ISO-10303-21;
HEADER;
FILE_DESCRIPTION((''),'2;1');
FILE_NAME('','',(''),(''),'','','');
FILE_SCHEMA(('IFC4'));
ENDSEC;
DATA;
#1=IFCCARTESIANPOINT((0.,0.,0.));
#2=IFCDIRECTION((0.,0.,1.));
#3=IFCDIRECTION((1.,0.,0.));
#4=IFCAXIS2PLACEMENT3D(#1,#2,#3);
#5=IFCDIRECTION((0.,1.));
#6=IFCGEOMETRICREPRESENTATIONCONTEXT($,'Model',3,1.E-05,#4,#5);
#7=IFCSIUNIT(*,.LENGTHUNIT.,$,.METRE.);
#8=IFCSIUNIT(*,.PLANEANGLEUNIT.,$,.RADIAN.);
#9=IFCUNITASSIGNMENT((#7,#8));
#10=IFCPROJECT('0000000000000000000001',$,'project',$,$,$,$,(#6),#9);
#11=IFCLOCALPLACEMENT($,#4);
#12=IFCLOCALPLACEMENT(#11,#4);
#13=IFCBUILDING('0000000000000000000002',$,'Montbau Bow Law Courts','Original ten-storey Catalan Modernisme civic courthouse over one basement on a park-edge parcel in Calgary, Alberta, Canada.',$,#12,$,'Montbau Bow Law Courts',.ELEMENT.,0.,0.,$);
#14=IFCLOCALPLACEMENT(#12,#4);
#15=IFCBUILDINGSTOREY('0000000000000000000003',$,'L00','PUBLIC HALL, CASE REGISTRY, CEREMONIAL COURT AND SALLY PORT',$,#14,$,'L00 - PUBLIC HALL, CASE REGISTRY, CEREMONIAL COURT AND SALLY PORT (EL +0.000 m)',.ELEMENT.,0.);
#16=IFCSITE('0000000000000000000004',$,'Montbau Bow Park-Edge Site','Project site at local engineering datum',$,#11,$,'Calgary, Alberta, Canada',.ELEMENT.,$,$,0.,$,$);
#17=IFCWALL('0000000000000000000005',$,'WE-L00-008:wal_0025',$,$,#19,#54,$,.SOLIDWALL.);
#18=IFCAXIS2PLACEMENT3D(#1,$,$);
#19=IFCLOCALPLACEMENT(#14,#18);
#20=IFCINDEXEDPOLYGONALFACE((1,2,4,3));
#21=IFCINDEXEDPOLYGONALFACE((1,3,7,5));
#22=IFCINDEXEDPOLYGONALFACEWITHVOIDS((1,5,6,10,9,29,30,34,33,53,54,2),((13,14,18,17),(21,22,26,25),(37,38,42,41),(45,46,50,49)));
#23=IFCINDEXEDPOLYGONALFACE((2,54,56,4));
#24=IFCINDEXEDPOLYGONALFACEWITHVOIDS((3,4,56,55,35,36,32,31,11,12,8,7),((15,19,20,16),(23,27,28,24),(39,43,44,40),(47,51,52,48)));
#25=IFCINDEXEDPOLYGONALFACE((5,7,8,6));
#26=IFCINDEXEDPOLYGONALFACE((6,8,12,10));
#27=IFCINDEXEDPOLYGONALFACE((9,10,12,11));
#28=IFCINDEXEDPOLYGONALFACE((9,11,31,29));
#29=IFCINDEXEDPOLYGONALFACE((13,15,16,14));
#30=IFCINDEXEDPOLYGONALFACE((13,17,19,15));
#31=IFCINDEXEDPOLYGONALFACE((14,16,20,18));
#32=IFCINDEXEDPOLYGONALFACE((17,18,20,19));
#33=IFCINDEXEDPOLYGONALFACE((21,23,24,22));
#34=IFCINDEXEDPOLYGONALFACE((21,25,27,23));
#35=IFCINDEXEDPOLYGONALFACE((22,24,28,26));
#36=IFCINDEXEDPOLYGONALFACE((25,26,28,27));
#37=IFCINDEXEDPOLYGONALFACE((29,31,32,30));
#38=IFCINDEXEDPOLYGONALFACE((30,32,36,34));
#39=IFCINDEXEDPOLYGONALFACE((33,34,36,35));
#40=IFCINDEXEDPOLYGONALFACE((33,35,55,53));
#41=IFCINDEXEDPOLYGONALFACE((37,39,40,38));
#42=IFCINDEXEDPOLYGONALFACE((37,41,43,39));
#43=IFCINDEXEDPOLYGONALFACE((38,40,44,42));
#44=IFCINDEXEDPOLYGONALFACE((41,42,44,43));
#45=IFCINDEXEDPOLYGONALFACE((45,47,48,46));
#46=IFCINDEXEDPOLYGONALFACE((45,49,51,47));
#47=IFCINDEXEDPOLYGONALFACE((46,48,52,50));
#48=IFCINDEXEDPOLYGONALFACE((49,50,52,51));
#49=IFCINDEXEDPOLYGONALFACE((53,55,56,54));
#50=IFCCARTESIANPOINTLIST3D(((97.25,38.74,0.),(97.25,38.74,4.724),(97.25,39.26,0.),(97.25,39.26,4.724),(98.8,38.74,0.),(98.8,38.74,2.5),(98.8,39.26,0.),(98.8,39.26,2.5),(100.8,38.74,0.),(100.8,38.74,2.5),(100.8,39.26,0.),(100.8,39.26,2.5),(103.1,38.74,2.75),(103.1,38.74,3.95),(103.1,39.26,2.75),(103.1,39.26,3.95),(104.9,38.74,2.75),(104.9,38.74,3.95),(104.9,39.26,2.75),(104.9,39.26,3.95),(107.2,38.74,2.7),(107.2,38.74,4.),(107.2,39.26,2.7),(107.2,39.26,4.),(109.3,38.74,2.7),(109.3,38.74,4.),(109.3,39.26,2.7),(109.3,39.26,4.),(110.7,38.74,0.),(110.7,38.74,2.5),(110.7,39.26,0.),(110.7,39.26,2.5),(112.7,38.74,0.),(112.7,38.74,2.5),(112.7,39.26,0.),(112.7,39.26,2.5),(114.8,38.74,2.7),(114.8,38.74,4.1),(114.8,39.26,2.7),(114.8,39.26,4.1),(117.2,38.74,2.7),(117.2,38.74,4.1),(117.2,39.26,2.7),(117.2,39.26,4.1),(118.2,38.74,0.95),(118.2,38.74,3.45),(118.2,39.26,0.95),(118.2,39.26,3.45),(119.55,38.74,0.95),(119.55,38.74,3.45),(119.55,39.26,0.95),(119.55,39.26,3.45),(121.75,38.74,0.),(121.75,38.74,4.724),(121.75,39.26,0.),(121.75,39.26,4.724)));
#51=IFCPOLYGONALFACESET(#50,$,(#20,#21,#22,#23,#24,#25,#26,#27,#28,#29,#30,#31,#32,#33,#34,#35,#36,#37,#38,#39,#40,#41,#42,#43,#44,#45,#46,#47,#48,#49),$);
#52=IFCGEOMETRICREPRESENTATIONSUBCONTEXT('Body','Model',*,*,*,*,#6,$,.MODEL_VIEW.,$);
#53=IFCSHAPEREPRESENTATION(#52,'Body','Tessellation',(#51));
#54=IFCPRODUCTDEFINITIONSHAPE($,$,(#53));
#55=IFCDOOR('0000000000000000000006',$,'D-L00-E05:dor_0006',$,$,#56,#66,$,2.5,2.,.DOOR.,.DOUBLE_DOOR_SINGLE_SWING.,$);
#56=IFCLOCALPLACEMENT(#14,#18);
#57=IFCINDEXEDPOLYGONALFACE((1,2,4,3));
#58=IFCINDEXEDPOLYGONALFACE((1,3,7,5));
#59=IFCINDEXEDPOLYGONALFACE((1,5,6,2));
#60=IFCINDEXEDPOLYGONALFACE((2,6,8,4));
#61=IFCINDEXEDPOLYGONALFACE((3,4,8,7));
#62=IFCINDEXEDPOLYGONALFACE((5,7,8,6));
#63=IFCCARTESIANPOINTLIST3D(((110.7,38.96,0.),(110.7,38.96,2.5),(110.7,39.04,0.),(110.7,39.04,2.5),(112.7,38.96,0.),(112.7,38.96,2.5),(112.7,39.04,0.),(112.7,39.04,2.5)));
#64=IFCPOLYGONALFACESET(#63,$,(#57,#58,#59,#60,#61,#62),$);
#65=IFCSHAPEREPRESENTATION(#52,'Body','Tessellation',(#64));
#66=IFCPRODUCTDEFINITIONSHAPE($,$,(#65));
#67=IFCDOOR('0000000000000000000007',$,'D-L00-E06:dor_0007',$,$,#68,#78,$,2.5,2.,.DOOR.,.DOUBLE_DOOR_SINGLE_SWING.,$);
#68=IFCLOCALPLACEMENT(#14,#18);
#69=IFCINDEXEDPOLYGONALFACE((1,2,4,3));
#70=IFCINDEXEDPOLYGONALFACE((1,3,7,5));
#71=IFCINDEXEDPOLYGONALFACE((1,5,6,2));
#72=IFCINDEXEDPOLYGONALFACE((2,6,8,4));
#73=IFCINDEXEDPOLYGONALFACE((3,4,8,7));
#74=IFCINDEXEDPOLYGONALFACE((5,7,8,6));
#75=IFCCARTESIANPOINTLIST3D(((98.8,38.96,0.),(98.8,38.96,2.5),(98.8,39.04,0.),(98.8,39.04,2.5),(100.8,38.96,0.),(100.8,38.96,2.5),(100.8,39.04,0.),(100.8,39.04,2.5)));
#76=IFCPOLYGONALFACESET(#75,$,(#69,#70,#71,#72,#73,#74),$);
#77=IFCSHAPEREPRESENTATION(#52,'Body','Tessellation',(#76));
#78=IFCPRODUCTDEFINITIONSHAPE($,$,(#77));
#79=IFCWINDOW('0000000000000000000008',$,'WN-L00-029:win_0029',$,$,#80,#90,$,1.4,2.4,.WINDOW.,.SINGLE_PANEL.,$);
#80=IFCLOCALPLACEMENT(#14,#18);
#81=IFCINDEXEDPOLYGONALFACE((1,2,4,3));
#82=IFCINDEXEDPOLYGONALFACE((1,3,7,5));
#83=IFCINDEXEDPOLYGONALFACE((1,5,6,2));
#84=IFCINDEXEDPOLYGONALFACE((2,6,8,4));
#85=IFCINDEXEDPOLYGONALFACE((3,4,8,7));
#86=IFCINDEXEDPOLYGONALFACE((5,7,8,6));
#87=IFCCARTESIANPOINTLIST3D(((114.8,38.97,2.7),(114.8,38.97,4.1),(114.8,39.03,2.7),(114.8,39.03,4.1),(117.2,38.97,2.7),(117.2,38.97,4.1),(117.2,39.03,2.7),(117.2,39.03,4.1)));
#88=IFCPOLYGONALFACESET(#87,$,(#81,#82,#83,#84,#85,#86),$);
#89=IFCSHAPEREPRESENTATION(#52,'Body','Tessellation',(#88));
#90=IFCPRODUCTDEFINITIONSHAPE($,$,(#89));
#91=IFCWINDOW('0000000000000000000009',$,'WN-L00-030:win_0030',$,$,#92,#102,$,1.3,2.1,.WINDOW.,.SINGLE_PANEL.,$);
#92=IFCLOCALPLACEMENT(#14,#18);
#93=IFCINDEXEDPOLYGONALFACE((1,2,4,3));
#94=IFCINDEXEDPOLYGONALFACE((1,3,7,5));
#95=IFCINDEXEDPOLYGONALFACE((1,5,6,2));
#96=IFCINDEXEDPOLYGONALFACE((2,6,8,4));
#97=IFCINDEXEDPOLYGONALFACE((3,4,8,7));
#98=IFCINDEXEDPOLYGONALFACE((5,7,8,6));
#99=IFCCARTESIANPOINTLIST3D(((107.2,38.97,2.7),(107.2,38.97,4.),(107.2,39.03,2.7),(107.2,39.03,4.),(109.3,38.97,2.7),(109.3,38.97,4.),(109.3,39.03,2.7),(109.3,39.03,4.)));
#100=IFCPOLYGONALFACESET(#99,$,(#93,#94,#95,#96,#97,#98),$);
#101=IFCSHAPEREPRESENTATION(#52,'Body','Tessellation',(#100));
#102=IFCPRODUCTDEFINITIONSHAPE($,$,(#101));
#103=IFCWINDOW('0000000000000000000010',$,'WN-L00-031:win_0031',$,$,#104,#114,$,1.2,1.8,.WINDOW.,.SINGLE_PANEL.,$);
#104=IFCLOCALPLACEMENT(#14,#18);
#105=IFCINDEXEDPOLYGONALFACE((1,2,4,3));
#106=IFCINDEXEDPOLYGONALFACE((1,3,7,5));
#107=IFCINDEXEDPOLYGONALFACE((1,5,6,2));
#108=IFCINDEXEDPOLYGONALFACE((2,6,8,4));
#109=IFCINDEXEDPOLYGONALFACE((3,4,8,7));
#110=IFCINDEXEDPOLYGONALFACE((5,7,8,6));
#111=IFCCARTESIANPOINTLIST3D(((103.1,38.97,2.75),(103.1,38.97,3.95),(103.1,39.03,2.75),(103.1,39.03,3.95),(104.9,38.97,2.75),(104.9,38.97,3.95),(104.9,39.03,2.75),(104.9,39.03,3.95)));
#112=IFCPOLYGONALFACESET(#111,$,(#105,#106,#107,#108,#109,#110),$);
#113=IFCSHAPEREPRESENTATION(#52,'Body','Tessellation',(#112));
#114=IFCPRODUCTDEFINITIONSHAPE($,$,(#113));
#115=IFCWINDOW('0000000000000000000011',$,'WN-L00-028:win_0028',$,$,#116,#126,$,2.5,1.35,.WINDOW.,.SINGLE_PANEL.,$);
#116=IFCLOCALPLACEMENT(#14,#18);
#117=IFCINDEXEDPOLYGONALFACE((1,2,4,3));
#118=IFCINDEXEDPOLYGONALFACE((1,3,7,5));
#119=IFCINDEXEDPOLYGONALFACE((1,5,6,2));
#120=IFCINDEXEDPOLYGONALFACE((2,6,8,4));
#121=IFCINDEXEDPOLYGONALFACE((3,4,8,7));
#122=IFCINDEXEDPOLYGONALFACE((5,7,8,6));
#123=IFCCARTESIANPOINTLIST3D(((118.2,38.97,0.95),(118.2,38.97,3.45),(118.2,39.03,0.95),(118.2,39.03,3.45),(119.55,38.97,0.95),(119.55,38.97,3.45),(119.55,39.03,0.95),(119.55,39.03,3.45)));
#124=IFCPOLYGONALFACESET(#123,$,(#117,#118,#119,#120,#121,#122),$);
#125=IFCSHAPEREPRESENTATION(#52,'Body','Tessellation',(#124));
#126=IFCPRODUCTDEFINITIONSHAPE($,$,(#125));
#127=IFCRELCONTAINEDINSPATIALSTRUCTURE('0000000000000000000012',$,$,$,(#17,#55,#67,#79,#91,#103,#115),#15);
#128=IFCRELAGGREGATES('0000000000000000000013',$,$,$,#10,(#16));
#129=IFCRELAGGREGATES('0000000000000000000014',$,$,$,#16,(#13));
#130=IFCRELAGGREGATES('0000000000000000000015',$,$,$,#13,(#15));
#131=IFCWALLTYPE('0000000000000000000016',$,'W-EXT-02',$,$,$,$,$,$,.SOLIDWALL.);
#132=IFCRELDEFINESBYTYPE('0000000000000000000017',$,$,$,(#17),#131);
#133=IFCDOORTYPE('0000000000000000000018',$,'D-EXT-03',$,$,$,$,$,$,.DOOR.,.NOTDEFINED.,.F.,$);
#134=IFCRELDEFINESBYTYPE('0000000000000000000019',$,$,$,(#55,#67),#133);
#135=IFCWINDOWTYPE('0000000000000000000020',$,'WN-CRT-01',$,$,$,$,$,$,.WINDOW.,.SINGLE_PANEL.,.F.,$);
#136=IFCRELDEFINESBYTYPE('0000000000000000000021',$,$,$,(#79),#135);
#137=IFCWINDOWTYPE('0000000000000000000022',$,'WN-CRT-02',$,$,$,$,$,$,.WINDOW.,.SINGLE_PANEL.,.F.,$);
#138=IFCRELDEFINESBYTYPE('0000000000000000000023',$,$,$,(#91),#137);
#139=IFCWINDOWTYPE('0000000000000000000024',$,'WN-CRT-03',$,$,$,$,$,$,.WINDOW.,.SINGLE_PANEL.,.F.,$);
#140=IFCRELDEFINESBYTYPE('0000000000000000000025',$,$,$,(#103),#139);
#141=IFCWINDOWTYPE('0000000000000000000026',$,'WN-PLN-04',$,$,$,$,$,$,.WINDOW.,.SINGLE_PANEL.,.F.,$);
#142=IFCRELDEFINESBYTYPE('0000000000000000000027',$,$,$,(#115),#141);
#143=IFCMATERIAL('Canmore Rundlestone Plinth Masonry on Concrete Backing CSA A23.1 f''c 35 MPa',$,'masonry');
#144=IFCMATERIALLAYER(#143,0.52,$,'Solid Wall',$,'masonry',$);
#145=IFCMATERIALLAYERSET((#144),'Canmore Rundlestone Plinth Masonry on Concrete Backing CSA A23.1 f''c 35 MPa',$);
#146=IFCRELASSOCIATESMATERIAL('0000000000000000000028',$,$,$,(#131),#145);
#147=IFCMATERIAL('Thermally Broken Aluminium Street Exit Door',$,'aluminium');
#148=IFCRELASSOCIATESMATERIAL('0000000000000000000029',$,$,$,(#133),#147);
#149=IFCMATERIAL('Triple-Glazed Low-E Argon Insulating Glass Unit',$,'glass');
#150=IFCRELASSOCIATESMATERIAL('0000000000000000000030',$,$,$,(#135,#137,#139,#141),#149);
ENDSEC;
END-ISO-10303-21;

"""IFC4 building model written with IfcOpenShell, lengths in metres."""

from ifc_helpers import new_model, si_unit, direction, frame, frame_2d, origin_with_axes, place, context, subcontext, project, spatial, rectangle, extrude, material, layer, layer_set, type_object, element, fill, save


model = new_model("IFC4")

# Units and contexts
model_context = context("Model", 3, precision=1e-05, world=origin_with_axes(), true_north=direction((0.0, 1.0)))
body_context = subcontext(model_context, "Body", "Model", "MODEL_VIEW")
ifc_project = project(units=[si_unit("LENGTHUNIT", "METRE"), si_unit("PLANEANGLEUNIT", "RADIAN")], contexts=[model_context])

# Site, building, storey
site_placement = place(None, origin_with_axes())
site = spatial("IfcSite", under=ifc_project, at=site_placement, Name="Montbau Bow Park-Edge Site", Description="Project site at local engineering datum", LongName="Calgary, Alberta, Canada", CompositionType="ELEMENT", RefElevation=0.0)
building_placement = place(site_placement, origin_with_axes())
building = spatial("IfcBuilding", under=site, at=building_placement, Name="Montbau Bow Law Courts", Description="Original ten-storey Catalan Modernisme civic courthouse over one basement on a park-edge parcel in Calgary, Alberta, Canada.", LongName="Montbau Bow Law Courts", CompositionType="ELEMENT", ElevationOfRefHeight=0.0, ElevationOfTerrain=0.0)
storey_placement = place(building_placement, origin_with_axes())
storey = spatial("IfcBuildingStorey", under=building, at=storey_placement, Name="L00", Description="PUBLIC HALL, CASE REGISTRY, CEREMONIAL COURT AND SALLY PORT", LongName="L00 - PUBLIC HALL, CASE REGISTRY, CEREMONIAL COURT AND SALLY PORT (EL +0.000 m)", CompositionType="ELEMENT", Elevation=0.0)

# Wall, openings, doors, windows
ifc_material_1 = material(Name="Canmore Rundlestone Plinth Masonry on Concrete Backing CSA A23.1 f'c 35 MPa", Category="masonry")
ifc_layer = layer(ifc_material_1, 0.52, Name="Solid Wall", Category="masonry")
ifc_layer_set = layer_set([ifc_layer], Name="Canmore Rundlestone Plinth Masonry on Concrete Backing CSA A23.1 f'c 35 MPa")
wall_type = type_object("IfcWallType", Name="W-EXT-02", PredefinedType="SOLIDWALL", material=ifc_layer_set)
wall_placement = place(None, frame((121.75, 39.0, 0.0), z_axis=(0.0, 0.0, 1.0), x_axis=(-1.0, 0.0, 0.0)))
wall = element("IfcWall", 1, at=wall_placement, inside=storey, type_object=wall_type, Name="WE-L00-008:wal_0025", PredefinedType="SOLIDWALL", context=body_context, shape_type="SweptSolid", body=[
    extrude(rectangle(XDim=24.5, YDim=0.52, at=frame_2d((12.25, 0.0), x_axis=(1.0, 0.0))), origin_with_axes(), (0.0, 0.0, 1.0), 4.724),
])
opening_1_placement = place(None, frame((111.7, 39.0, 0.0), z_axis=(0.0, 0.0, 1.0), x_axis=(-1.0, 0.0, 0.0)))
opening_1 = element("IfcOpeningElement", 2, at=opening_1_placement, cuts=wall, PredefinedType="OPENING", context=body_context, shape_type="SweptSolid", body=[
    extrude(rectangle(XDim=2.0, YDim=2.5, at=frame_2d((0.0, 1.25), x_axis=(1.0, 0.0))), frame((0.0, 0.27, 0.0), z_axis=(0.0, -1.0, 0.0), x_axis=(1.0, 0.0, 0.0)), (0.0, 0.0, 1.0), 0.54),
])
opening_2_placement = place(None, frame((99.8, 39.0, 0.0), z_axis=(0.0, 0.0, 1.0), x_axis=(-1.0, 0.0, 0.0)))
opening_2 = element("IfcOpeningElement", 3, at=opening_2_placement, cuts=wall, PredefinedType="OPENING", context=body_context, shape_type="SweptSolid", body=[
    extrude(rectangle(XDim=2.0, YDim=2.5, at=frame_2d((0.0, 1.25), x_axis=(1.0, 0.0))), frame((0.0, 0.27, 0.0), z_axis=(0.0, -1.0, 0.0), x_axis=(1.0, 0.0, 0.0)), (0.0, 0.0, 1.0), 0.54),
])
opening_3_placement = place(None, frame((118.875, 39.0, 0.95), z_axis=(0.0, 0.0, 1.0), x_axis=(-1.0, 0.0, 0.0)))
opening_3 = element("IfcOpeningElement", 4, at=opening_3_placement, cuts=wall, PredefinedType="OPENING", context=body_context, shape_type="SweptSolid", body=[
    extrude(rectangle(XDim=1.35, YDim=2.5, at=frame_2d((0.0, 1.25), x_axis=(1.0, 0.0))), frame((0.0, 0.27, 0.0), z_axis=(0.0, -1.0, 0.0), x_axis=(1.0, 0.0, 0.0)), (0.0, 0.0, 1.0), 0.54),
])
opening_4_placement = place(None, frame((116.0, 39.0, 2.7), z_axis=(0.0, 0.0, 1.0), x_axis=(-1.0, 0.0, 0.0)))
opening_4 = element("IfcOpeningElement", 5, at=opening_4_placement, cuts=wall, PredefinedType="OPENING", context=body_context, shape_type="SweptSolid", body=[
    extrude(rectangle(XDim=2.4, YDim=1.4, at=frame_2d((0.0, 0.7), x_axis=(1.0, 0.0))), frame((0.0, 0.27, 0.0), z_axis=(0.0, -1.0, 0.0), x_axis=(1.0, 0.0, 0.0)), (0.0, 0.0, 1.0), 0.54),
])
opening_5_placement = place(None, frame((108.25, 39.0, 2.7), z_axis=(0.0, 0.0, 1.0), x_axis=(-1.0, 0.0, 0.0)))
opening_5 = element("IfcOpeningElement", 6, at=opening_5_placement, cuts=wall, PredefinedType="OPENING", context=body_context, shape_type="SweptSolid", body=[
    extrude(rectangle(XDim=2.1, YDim=1.3, at=frame_2d((0.0, 0.65), x_axis=(1.0, 0.0))), frame((0.0, 0.27, 0.0), z_axis=(0.0, -1.0, 0.0), x_axis=(1.0, 0.0, 0.0)), (0.0, 0.0, 1.0), 0.54),
])
opening_6_placement = place(None, frame((104.0, 39.0, 2.75), z_axis=(0.0, 0.0, 1.0), x_axis=(-1.0, 0.0, 0.0)))
opening_6 = element("IfcOpeningElement", 7, at=opening_6_placement, cuts=wall, PredefinedType="OPENING", context=body_context, shape_type="SweptSolid", body=[
    extrude(rectangle(XDim=1.8, YDim=1.2, at=frame_2d((0.0, 0.6), x_axis=(1.0, 0.0))), frame((0.0, 0.27, 0.0), z_axis=(0.0, -1.0, 0.0), x_axis=(1.0, 0.0, 0.0)), (0.0, 0.0, 1.0), 0.54),
])
ifc_material_2 = material(Name="Thermally Broken Aluminium Street Exit Door", Category="aluminium")
door_type = type_object("IfcDoorType", Name="D-EXT-03", OperationType="NOTDEFINED", ParameterTakesPrecedence=False, PredefinedType="DOOR", material=ifc_material_2)
door_1_placement = place(None, frame((111.7, 39.0, 0.0), z_axis=(0.0, 0.0, 1.0), x_axis=(1.0, 0.0, 0.0)))
door_1 = element("IfcDoor", 8, at=door_1_placement, inside=storey, type_object=door_type, Name="D-L00-E05:dor_0006", OperationType="DOUBLE_DOOR_SINGLE_SWING", OverallHeight=2.5, OverallWidth=2.0, PredefinedType="DOOR", context=body_context, shape_type="SweptSolid", body=[
    extrude(rectangle(XDim=2.0, YDim=2.5, at=frame_2d((0.0, 1.25), x_axis=(1.0, 0.0))), frame((0.0, 0.04, 0.0), z_axis=(0.0, -1.0, 0.0), x_axis=(1.0, 0.0, 0.0)), (0.0, 0.0, 1.0), 0.08),
])
fill(opening_1, door_1)
door_2_placement = place(None, frame((99.8, 39.0, 0.0), z_axis=(0.0, 0.0, 1.0), x_axis=(1.0, 0.0, 0.0)))
door_2 = element("IfcDoor", 9, at=door_2_placement, inside=storey, type_object=door_type, Name="D-L00-E06:dor_0007", OperationType="DOUBLE_DOOR_SINGLE_SWING", OverallHeight=2.5, OverallWidth=2.0, PredefinedType="DOOR", context=body_context, shape_type="SweptSolid", body=[
    extrude(rectangle(XDim=2.0, YDim=2.5, at=frame_2d((0.0, 1.25), x_axis=(1.0, 0.0))), frame((0.0, 0.04, 0.0), z_axis=(0.0, -1.0, 0.0), x_axis=(1.0, 0.0, 0.0)), (0.0, 0.0, 1.0), 0.08),
])
fill(opening_2, door_2)
ifc_material_3 = material(Name="Triple-Glazed Low-E Argon Insulating Glass Unit", Category="glass")
window_type_1 = type_object("IfcWindowType", Name="WN-CRT-01", ParameterTakesPrecedence=False, PartitioningType="SINGLE_PANEL", PredefinedType="WINDOW", material=ifc_material_3)
window_1_placement = place(None, frame((116.0, 39.0, 2.7), z_axis=(0.0, 0.0, 1.0), x_axis=(-1.0, 0.0, 0.0)))
window_1 = element("IfcWindow", 10, at=window_1_placement, inside=storey, type_object=window_type_1, Name="WN-L00-029:win_0029", OverallHeight=1.4, OverallWidth=2.4, PartitioningType="SINGLE_PANEL", PredefinedType="WINDOW", context=body_context, shape_type="SweptSolid", body=[
    extrude(rectangle(XDim=2.4, YDim=1.4, at=frame_2d((0.0, 0.7), x_axis=(1.0, 0.0))), frame((0.0, 0.03, 0.0), z_axis=(0.0, -1.0, 0.0), x_axis=(1.0, 0.0, 0.0)), (0.0, 0.0, 1.0), 0.06),
])
fill(opening_4, window_1)
window_type_2 = type_object("IfcWindowType", Name="WN-CRT-02", ParameterTakesPrecedence=False, PartitioningType="SINGLE_PANEL", PredefinedType="WINDOW", material=ifc_material_3)
window_2_placement = place(None, frame((108.25, 39.0, 2.7), z_axis=(0.0, 0.0, 1.0), x_axis=(-1.0, 0.0, 0.0)))
window_2 = element("IfcWindow", 11, at=window_2_placement, inside=storey, type_object=window_type_2, Name="WN-L00-030:win_0030", OverallHeight=1.3, OverallWidth=2.1, PartitioningType="SINGLE_PANEL", PredefinedType="WINDOW", context=body_context, shape_type="SweptSolid", body=[
    extrude(rectangle(XDim=2.1, YDim=1.3, at=frame_2d((0.0, 0.65), x_axis=(1.0, 0.0))), frame((0.0, 0.03, 0.0), z_axis=(0.0, -1.0, 0.0), x_axis=(1.0, 0.0, 0.0)), (0.0, 0.0, 1.0), 0.06),
])
fill(opening_5, window_2)
window_type_3 = type_object("IfcWindowType", Name="WN-CRT-03", ParameterTakesPrecedence=False, PartitioningType="SINGLE_PANEL", PredefinedType="WINDOW", material=ifc_material_3)
window_3_placement = place(None, frame((104.0, 39.0, 2.75), z_axis=(0.0, 0.0, 1.0), x_axis=(-1.0, 0.0, 0.0)))
window_3 = element("IfcWindow", 12, at=window_3_placement, inside=storey, type_object=window_type_3, Name="WN-L00-031:win_0031", OverallHeight=1.2, OverallWidth=1.8, PartitioningType="SINGLE_PANEL", PredefinedType="WINDOW", context=body_context, shape_type="SweptSolid", body=[
    extrude(rectangle(XDim=1.8, YDim=1.2, at=frame_2d((0.0, 0.6), x_axis=(1.0, 0.0))), frame((0.0, 0.03, 0.0), z_axis=(0.0, -1.0, 0.0), x_axis=(1.0, 0.0, 0.0)), (0.0, 0.0, 1.0), 0.06),
])
fill(opening_6, window_3)
window_type_4 = type_object("IfcWindowType", Name="WN-PLN-04", ParameterTakesPrecedence=False, PartitioningType="SINGLE_PANEL", PredefinedType="WINDOW", material=ifc_material_3)
window_4_placement = place(None, frame((118.875, 39.0, 0.95), z_axis=(0.0, 0.0, 1.0), x_axis=(-1.0, 0.0, 0.0)))
window_4 = element("IfcWindow", 13, at=window_4_placement, inside=storey, type_object=window_type_4, Name="WN-L00-028:win_0028", OverallHeight=2.5, OverallWidth=1.35, PartitioningType="SINGLE_PANEL", PredefinedType="WINDOW", context=body_context, shape_type="SweptSolid", body=[
    extrude(rectangle(XDim=1.35, YDim=2.5, at=frame_2d((0.0, 1.25), x_axis=(1.0, 0.0))), frame((0.0, 0.03, 0.0), z_axis=(0.0, -1.0, 0.0), x_axis=(1.0, 0.0, 0.0)), (0.0, 0.0, 1.0), 0.06),
])
fill(opening_3, window_4)

save(model, "model.ifc")
